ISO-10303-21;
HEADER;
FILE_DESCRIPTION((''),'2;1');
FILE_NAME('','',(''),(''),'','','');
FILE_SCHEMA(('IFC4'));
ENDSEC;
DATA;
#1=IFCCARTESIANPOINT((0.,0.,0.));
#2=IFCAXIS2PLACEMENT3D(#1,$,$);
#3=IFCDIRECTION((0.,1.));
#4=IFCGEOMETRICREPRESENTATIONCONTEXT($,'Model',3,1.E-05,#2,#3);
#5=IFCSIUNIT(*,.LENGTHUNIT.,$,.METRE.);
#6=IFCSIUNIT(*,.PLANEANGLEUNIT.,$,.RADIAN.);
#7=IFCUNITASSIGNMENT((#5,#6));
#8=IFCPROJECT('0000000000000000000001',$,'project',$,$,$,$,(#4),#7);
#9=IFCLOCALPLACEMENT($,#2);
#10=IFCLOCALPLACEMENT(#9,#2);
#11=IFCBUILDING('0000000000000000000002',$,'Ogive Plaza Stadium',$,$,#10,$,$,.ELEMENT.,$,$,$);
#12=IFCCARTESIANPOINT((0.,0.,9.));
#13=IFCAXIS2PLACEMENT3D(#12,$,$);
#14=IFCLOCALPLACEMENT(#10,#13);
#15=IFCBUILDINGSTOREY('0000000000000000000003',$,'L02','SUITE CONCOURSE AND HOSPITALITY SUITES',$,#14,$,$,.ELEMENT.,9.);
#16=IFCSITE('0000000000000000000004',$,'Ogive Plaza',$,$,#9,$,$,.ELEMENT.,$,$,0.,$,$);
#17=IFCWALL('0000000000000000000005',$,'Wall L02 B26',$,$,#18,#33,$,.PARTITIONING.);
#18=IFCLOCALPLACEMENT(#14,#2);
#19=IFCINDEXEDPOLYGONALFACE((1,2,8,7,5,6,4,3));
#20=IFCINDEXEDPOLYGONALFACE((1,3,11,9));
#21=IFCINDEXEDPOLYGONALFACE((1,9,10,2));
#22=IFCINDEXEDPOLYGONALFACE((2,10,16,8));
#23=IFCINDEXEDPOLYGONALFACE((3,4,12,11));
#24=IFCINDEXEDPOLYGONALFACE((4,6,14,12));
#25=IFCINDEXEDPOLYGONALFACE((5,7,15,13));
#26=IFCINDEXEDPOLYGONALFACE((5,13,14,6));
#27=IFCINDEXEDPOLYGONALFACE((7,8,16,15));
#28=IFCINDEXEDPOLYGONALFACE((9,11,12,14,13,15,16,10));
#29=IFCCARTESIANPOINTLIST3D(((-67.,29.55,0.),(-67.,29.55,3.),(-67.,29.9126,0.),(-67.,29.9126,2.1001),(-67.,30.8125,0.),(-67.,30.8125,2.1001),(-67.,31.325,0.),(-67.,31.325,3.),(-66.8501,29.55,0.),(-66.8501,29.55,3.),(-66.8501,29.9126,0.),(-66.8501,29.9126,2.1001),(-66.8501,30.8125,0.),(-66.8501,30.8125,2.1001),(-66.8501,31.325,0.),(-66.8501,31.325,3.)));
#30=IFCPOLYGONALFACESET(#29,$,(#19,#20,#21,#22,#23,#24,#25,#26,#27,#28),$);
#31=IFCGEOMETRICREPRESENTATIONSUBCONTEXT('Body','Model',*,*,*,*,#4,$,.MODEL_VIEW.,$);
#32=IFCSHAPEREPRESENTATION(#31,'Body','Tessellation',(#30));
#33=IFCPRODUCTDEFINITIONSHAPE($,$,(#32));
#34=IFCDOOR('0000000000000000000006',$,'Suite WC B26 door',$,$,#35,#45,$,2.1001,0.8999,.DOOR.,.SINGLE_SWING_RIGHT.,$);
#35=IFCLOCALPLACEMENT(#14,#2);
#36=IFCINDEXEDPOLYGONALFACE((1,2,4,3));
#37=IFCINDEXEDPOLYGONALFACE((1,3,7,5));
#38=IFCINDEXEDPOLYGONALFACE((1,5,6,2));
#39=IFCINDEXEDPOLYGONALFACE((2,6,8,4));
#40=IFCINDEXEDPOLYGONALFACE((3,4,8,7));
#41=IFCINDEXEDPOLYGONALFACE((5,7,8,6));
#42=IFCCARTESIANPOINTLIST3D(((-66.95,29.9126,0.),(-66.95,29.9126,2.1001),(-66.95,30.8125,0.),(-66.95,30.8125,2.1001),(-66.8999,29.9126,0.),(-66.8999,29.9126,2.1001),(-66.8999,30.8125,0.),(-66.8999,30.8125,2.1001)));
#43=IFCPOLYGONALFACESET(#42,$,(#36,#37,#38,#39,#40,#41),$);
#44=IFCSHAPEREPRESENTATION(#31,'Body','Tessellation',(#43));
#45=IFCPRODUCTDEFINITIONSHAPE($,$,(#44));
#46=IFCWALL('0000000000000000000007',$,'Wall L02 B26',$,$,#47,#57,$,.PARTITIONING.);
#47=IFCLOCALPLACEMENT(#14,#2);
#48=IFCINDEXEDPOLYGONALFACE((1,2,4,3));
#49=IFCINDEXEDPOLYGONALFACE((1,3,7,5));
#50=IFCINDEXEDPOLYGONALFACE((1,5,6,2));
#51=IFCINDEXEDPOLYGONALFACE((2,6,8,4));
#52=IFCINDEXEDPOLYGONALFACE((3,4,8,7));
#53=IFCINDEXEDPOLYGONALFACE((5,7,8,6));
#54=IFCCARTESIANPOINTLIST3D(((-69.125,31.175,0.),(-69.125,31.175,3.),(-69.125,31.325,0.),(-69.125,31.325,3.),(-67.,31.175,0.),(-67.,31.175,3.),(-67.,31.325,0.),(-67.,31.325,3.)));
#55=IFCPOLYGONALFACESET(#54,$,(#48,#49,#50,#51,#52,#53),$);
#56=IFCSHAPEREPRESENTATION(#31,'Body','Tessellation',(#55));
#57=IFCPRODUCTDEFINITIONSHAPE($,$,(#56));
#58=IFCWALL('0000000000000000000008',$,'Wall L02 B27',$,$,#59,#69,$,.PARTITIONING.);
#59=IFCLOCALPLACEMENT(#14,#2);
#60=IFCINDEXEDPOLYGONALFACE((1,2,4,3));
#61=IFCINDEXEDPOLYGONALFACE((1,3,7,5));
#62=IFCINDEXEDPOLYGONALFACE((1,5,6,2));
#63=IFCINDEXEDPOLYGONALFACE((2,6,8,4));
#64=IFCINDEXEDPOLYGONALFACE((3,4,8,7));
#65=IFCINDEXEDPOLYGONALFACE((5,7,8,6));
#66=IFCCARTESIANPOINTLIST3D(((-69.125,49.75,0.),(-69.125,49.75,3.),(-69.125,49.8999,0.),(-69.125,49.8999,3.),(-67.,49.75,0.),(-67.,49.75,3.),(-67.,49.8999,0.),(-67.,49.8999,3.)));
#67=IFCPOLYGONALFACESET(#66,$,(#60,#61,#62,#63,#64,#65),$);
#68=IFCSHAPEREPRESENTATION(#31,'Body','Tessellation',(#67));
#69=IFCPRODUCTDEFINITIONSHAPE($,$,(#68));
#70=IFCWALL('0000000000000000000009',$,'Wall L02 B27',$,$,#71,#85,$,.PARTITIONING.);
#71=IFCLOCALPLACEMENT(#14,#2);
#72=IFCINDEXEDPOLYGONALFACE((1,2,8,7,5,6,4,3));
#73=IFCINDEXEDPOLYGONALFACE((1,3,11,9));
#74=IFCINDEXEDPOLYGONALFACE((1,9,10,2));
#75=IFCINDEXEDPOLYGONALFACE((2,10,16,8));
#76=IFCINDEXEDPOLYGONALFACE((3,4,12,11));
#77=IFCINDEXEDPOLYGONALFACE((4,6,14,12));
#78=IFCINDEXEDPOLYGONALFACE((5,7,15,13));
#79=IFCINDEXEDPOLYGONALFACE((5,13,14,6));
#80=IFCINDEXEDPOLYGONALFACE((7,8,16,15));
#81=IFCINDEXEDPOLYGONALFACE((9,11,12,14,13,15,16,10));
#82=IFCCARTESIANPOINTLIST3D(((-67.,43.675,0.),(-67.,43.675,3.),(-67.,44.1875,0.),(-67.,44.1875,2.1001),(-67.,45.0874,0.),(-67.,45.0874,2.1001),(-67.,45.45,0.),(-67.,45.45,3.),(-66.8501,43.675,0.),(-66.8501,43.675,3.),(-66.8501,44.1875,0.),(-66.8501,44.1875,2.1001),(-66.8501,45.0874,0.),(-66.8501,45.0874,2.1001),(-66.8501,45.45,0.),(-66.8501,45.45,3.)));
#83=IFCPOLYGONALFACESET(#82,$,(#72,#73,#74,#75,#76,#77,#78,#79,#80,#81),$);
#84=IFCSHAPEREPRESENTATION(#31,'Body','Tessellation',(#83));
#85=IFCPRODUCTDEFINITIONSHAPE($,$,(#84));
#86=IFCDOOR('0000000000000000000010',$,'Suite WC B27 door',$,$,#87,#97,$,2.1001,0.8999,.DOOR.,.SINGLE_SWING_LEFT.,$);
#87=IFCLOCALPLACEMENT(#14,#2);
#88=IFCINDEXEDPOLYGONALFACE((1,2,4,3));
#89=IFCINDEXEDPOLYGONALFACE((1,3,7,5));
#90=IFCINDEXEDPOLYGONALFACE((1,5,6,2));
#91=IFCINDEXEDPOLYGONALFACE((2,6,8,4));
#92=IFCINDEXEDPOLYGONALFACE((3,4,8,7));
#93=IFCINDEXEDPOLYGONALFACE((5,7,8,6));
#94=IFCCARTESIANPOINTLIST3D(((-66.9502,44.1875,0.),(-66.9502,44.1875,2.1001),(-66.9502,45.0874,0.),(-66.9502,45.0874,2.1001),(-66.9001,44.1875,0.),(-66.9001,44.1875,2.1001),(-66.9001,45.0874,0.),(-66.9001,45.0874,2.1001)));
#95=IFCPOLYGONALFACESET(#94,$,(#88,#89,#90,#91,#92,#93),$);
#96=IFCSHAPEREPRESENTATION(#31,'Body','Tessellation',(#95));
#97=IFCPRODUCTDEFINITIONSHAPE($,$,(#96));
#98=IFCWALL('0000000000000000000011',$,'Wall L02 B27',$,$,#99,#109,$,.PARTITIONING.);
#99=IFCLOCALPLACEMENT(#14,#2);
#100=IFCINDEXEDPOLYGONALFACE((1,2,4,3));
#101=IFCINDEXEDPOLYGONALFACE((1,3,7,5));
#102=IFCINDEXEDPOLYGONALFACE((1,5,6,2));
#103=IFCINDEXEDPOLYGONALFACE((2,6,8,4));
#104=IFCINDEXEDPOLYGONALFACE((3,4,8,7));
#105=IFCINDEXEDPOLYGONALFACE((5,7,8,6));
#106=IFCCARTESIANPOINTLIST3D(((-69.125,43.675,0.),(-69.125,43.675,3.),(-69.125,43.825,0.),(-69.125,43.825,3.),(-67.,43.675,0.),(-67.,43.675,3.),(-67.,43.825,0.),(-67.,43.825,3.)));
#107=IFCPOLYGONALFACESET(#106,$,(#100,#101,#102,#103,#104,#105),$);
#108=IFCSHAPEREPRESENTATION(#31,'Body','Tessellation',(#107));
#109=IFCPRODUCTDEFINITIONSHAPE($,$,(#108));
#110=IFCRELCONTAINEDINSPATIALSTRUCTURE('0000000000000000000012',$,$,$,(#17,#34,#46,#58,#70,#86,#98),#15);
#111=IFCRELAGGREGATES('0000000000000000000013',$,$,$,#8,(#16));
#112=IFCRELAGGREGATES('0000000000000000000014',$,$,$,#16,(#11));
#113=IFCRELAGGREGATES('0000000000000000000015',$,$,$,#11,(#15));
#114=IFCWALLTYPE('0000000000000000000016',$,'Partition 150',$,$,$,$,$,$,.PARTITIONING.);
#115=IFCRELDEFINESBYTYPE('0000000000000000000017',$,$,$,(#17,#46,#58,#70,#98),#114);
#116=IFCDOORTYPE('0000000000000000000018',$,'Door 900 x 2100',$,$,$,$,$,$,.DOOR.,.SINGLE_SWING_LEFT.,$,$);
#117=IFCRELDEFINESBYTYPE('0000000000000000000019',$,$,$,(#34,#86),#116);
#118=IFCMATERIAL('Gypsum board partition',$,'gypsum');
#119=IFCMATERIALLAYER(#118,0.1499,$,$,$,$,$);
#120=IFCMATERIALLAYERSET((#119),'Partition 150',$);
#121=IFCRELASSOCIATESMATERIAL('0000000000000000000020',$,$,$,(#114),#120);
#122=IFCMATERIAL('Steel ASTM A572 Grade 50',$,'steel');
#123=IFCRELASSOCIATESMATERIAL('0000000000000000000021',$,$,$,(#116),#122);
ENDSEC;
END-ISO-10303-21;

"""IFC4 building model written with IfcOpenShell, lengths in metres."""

from ifc_helpers import new_model, si_unit, direction, frame, frame_2d, origin, place, context, subcontext, project, spatial, rectangle, extrude, material, layer, layer_set, type_object, element, fill, save


model = new_model("IFC4")

# Units and contexts
model_context = context("Model", 3, precision=1e-05, world=origin(), true_north=direction((0.0, 1.0)))
body_context = subcontext(model_context, "Body", "Model", "MODEL_VIEW")
ifc_project = project(units=[si_unit("LENGTHUNIT", "METRE"), si_unit("PLANEANGLEUNIT", "RADIAN")], contexts=[model_context])

# Site, building, storey
site_placement = place(None, origin())
site = spatial("IfcSite", under=ifc_project, at=site_placement, Name="Ogive Plaza", CompositionType="ELEMENT", RefElevation=0.0)
building_placement = place(site_placement, origin())
building = spatial("IfcBuilding", under=site, at=building_placement, Name="Ogive Plaza Stadium", CompositionType="ELEMENT")
storey_placement = place(building_placement, frame((0.0, 0.0, 9.0)))
storey = spatial("IfcBuildingStorey", under=building, at=storey_placement, Name="L02", Description="SUITE CONCOURSE AND HOSPITALITY SUITES", CompositionType="ELEMENT", Elevation=9.0)

# Shared definitions
ifc_material_1 = material(Name="Gypsum board partition", Category="gypsum")
ifc_layer_1 = layer(ifc_material_1, 0.1499)
ifc_layer_set_1 = layer_set([ifc_layer_1], Name="Partition 150")
wall_type_1 = type_object("IfcWallType", Name="Partition 150", PredefinedType="PARTITIONING", material=ifc_layer_set_1)
ifc_material_2 = material(Name="Steel ASTM A572 Grade 50", Category="steel")
door_type_1 = type_object("IfcDoorType", Name="Door 900 x 2100", OperationType="SINGLE_SWING_LEFT", PredefinedType="DOOR", material=ifc_material_2)

# Wall, opening, door
wall_1_placement = place(storey_placement, frame((-66.925, 29.55, 0.0), z_axis=(0.0, 0.0, 1.0), x_axis=(0.0, 1.0, 0.0)))
wall_1 = element("IfcWall", 1, at=wall_1_placement, inside=storey, type_object=wall_type_1, Name="Wall L02 B26", PredefinedType="PARTITIONING", context=body_context, shape_type="SweptSolid", body=[
    extrude(rectangle(XDim=1.7749, YDim=0.1499, at=frame_2d((0.8875, 0.0))), origin(), (0.0, 0.0, 1.0), 3.0),
])
opening_1_placement = place(wall_1_placement, frame((0.3625, 0.0, 0.0)))
opening_1 = element("IfcOpeningElement", 2, at=opening_1_placement, cuts=wall_1, PredefinedType="OPENING", context=body_context, shape_type="SweptSolid", body=[
    extrude(rectangle(XDim=0.8999, YDim=2.1001, at=frame_2d((0.45, 1.05))), frame((0.0, 0.075, 0.0), z_axis=(0.0, -1.0, 0.0), x_axis=(1.0, 0.0, 0.0)), (0.0, 0.0, 1.0), 0.1499),
])
door_1_placement = place(opening_1_placement, origin())
door_1 = element("IfcDoor", 3, at=door_1_placement, inside=storey, type_object=door_type_1, Name="Suite WC B26 door", OperationType="SINGLE_SWING_RIGHT", OverallHeight=2.1001, OverallWidth=0.8999, PredefinedType="DOOR", context=body_context, shape_type="SweptSolid", body=[
    extrude(rectangle(XDim=0.8999, YDim=2.1001, at=frame_2d((0.45, 1.05))), frame((0.0, 0.0249, 0.0), z_axis=(0.0, -1.0, 0.0), x_axis=(1.0, 0.0, 0.0)), (0.0, 0.0, 1.0), 0.05),
])
fill(opening_1, door_1)

# Walls
for number, where, z_axis, x_axis, name in (
    (4, (-67.0, 31.25, 0.0), (0.0, 0.0, 1.0), (-1.0, 0.0, 0.0), "Wall L02 B26"),
    (5, (-67.0, 49.825, 0.0), (0.0, 0.0, 1.0), (-1.0, 0.0, 0.0), "Wall L02 B27"),
):
    element("IfcWall", number, at=place(storey_placement, frame(where, z_axis=z_axis, x_axis=x_axis)), inside=storey, type_object=wall_type_1, Name=name, PredefinedType="PARTITIONING", context=body_context, shape_type="SweptSolid", body=[
        extrude(rectangle(XDim=2.125, YDim=0.1499, at=frame_2d((1.0625, 0.0))), origin(), (0.0, 0.0, 1.0), 3.0),
    ])

# Wall, opening, door
wall_2_placement = place(storey_placement, frame((-66.925, 45.45, 0.0), z_axis=(0.0, 0.0, 1.0), x_axis=(0.0, -1.0, 0.0)))
wall_2 = element("IfcWall", 6, at=wall_2_placement, inside=storey, type_object=wall_type_1, Name="Wall L02 B27", PredefinedType="PARTITIONING", context=body_context, shape_type="SweptSolid", body=[
    extrude(rectangle(XDim=1.7749, YDim=0.1499, at=frame_2d((0.8875, 0.0))), origin(), (0.0, 0.0, 1.0), 3.0),
])
opening_2_placement = place(wall_2_placement, frame((0.3625, 0.0, 0.0)))
opening_2 = element("IfcOpeningElement", 7, at=opening_2_placement, cuts=wall_2, PredefinedType="OPENING", context=body_context, shape_type="SweptSolid", body=[
    extrude(rectangle(XDim=0.8999, YDim=2.1001, at=frame_2d((0.45, 1.05))), frame((0.0, 0.075, 0.0), z_axis=(0.0, -1.0, 0.0), x_axis=(1.0, 0.0, 0.0)), (0.0, 0.0, 1.0), 0.1499),
])
door_2_placement = place(opening_2_placement, origin())
door_2 = element("IfcDoor", 8, at=door_2_placement, inside=storey, type_object=door_type_1, Name="Suite WC B27 door", OperationType="SINGLE_SWING_LEFT", OverallHeight=2.1001, OverallWidth=0.8999, PredefinedType="DOOR", context=body_context, shape_type="SweptSolid", body=[
    extrude(rectangle(XDim=0.8999, YDim=2.1001, at=frame_2d((0.45, 1.05))), frame((0.0, 0.0249, 0.0), z_axis=(0.0, -1.0, 0.0), x_axis=(1.0, 0.0, 0.0)), (0.0, 0.0, 1.0), 0.05),
])
fill(opening_2, door_2)

# Wall
wall_3_placement = place(storey_placement, frame((-67.0, 43.75, 0.0), z_axis=(0.0, 0.0, 1.0), x_axis=(-1.0, 0.0, 0.0)))
element("IfcWall", 9, at=wall_3_placement, inside=storey, type_object=wall_type_1, Name="Wall L02 B27", PredefinedType="PARTITIONING", context=body_context, shape_type="SweptSolid", body=[
    extrude(rectangle(XDim=2.125, YDim=0.1499, at=frame_2d((1.0625, 0.0))), origin(), (0.0, 0.0, 1.0), 3.0),
])

save(model, "model.ifc")
